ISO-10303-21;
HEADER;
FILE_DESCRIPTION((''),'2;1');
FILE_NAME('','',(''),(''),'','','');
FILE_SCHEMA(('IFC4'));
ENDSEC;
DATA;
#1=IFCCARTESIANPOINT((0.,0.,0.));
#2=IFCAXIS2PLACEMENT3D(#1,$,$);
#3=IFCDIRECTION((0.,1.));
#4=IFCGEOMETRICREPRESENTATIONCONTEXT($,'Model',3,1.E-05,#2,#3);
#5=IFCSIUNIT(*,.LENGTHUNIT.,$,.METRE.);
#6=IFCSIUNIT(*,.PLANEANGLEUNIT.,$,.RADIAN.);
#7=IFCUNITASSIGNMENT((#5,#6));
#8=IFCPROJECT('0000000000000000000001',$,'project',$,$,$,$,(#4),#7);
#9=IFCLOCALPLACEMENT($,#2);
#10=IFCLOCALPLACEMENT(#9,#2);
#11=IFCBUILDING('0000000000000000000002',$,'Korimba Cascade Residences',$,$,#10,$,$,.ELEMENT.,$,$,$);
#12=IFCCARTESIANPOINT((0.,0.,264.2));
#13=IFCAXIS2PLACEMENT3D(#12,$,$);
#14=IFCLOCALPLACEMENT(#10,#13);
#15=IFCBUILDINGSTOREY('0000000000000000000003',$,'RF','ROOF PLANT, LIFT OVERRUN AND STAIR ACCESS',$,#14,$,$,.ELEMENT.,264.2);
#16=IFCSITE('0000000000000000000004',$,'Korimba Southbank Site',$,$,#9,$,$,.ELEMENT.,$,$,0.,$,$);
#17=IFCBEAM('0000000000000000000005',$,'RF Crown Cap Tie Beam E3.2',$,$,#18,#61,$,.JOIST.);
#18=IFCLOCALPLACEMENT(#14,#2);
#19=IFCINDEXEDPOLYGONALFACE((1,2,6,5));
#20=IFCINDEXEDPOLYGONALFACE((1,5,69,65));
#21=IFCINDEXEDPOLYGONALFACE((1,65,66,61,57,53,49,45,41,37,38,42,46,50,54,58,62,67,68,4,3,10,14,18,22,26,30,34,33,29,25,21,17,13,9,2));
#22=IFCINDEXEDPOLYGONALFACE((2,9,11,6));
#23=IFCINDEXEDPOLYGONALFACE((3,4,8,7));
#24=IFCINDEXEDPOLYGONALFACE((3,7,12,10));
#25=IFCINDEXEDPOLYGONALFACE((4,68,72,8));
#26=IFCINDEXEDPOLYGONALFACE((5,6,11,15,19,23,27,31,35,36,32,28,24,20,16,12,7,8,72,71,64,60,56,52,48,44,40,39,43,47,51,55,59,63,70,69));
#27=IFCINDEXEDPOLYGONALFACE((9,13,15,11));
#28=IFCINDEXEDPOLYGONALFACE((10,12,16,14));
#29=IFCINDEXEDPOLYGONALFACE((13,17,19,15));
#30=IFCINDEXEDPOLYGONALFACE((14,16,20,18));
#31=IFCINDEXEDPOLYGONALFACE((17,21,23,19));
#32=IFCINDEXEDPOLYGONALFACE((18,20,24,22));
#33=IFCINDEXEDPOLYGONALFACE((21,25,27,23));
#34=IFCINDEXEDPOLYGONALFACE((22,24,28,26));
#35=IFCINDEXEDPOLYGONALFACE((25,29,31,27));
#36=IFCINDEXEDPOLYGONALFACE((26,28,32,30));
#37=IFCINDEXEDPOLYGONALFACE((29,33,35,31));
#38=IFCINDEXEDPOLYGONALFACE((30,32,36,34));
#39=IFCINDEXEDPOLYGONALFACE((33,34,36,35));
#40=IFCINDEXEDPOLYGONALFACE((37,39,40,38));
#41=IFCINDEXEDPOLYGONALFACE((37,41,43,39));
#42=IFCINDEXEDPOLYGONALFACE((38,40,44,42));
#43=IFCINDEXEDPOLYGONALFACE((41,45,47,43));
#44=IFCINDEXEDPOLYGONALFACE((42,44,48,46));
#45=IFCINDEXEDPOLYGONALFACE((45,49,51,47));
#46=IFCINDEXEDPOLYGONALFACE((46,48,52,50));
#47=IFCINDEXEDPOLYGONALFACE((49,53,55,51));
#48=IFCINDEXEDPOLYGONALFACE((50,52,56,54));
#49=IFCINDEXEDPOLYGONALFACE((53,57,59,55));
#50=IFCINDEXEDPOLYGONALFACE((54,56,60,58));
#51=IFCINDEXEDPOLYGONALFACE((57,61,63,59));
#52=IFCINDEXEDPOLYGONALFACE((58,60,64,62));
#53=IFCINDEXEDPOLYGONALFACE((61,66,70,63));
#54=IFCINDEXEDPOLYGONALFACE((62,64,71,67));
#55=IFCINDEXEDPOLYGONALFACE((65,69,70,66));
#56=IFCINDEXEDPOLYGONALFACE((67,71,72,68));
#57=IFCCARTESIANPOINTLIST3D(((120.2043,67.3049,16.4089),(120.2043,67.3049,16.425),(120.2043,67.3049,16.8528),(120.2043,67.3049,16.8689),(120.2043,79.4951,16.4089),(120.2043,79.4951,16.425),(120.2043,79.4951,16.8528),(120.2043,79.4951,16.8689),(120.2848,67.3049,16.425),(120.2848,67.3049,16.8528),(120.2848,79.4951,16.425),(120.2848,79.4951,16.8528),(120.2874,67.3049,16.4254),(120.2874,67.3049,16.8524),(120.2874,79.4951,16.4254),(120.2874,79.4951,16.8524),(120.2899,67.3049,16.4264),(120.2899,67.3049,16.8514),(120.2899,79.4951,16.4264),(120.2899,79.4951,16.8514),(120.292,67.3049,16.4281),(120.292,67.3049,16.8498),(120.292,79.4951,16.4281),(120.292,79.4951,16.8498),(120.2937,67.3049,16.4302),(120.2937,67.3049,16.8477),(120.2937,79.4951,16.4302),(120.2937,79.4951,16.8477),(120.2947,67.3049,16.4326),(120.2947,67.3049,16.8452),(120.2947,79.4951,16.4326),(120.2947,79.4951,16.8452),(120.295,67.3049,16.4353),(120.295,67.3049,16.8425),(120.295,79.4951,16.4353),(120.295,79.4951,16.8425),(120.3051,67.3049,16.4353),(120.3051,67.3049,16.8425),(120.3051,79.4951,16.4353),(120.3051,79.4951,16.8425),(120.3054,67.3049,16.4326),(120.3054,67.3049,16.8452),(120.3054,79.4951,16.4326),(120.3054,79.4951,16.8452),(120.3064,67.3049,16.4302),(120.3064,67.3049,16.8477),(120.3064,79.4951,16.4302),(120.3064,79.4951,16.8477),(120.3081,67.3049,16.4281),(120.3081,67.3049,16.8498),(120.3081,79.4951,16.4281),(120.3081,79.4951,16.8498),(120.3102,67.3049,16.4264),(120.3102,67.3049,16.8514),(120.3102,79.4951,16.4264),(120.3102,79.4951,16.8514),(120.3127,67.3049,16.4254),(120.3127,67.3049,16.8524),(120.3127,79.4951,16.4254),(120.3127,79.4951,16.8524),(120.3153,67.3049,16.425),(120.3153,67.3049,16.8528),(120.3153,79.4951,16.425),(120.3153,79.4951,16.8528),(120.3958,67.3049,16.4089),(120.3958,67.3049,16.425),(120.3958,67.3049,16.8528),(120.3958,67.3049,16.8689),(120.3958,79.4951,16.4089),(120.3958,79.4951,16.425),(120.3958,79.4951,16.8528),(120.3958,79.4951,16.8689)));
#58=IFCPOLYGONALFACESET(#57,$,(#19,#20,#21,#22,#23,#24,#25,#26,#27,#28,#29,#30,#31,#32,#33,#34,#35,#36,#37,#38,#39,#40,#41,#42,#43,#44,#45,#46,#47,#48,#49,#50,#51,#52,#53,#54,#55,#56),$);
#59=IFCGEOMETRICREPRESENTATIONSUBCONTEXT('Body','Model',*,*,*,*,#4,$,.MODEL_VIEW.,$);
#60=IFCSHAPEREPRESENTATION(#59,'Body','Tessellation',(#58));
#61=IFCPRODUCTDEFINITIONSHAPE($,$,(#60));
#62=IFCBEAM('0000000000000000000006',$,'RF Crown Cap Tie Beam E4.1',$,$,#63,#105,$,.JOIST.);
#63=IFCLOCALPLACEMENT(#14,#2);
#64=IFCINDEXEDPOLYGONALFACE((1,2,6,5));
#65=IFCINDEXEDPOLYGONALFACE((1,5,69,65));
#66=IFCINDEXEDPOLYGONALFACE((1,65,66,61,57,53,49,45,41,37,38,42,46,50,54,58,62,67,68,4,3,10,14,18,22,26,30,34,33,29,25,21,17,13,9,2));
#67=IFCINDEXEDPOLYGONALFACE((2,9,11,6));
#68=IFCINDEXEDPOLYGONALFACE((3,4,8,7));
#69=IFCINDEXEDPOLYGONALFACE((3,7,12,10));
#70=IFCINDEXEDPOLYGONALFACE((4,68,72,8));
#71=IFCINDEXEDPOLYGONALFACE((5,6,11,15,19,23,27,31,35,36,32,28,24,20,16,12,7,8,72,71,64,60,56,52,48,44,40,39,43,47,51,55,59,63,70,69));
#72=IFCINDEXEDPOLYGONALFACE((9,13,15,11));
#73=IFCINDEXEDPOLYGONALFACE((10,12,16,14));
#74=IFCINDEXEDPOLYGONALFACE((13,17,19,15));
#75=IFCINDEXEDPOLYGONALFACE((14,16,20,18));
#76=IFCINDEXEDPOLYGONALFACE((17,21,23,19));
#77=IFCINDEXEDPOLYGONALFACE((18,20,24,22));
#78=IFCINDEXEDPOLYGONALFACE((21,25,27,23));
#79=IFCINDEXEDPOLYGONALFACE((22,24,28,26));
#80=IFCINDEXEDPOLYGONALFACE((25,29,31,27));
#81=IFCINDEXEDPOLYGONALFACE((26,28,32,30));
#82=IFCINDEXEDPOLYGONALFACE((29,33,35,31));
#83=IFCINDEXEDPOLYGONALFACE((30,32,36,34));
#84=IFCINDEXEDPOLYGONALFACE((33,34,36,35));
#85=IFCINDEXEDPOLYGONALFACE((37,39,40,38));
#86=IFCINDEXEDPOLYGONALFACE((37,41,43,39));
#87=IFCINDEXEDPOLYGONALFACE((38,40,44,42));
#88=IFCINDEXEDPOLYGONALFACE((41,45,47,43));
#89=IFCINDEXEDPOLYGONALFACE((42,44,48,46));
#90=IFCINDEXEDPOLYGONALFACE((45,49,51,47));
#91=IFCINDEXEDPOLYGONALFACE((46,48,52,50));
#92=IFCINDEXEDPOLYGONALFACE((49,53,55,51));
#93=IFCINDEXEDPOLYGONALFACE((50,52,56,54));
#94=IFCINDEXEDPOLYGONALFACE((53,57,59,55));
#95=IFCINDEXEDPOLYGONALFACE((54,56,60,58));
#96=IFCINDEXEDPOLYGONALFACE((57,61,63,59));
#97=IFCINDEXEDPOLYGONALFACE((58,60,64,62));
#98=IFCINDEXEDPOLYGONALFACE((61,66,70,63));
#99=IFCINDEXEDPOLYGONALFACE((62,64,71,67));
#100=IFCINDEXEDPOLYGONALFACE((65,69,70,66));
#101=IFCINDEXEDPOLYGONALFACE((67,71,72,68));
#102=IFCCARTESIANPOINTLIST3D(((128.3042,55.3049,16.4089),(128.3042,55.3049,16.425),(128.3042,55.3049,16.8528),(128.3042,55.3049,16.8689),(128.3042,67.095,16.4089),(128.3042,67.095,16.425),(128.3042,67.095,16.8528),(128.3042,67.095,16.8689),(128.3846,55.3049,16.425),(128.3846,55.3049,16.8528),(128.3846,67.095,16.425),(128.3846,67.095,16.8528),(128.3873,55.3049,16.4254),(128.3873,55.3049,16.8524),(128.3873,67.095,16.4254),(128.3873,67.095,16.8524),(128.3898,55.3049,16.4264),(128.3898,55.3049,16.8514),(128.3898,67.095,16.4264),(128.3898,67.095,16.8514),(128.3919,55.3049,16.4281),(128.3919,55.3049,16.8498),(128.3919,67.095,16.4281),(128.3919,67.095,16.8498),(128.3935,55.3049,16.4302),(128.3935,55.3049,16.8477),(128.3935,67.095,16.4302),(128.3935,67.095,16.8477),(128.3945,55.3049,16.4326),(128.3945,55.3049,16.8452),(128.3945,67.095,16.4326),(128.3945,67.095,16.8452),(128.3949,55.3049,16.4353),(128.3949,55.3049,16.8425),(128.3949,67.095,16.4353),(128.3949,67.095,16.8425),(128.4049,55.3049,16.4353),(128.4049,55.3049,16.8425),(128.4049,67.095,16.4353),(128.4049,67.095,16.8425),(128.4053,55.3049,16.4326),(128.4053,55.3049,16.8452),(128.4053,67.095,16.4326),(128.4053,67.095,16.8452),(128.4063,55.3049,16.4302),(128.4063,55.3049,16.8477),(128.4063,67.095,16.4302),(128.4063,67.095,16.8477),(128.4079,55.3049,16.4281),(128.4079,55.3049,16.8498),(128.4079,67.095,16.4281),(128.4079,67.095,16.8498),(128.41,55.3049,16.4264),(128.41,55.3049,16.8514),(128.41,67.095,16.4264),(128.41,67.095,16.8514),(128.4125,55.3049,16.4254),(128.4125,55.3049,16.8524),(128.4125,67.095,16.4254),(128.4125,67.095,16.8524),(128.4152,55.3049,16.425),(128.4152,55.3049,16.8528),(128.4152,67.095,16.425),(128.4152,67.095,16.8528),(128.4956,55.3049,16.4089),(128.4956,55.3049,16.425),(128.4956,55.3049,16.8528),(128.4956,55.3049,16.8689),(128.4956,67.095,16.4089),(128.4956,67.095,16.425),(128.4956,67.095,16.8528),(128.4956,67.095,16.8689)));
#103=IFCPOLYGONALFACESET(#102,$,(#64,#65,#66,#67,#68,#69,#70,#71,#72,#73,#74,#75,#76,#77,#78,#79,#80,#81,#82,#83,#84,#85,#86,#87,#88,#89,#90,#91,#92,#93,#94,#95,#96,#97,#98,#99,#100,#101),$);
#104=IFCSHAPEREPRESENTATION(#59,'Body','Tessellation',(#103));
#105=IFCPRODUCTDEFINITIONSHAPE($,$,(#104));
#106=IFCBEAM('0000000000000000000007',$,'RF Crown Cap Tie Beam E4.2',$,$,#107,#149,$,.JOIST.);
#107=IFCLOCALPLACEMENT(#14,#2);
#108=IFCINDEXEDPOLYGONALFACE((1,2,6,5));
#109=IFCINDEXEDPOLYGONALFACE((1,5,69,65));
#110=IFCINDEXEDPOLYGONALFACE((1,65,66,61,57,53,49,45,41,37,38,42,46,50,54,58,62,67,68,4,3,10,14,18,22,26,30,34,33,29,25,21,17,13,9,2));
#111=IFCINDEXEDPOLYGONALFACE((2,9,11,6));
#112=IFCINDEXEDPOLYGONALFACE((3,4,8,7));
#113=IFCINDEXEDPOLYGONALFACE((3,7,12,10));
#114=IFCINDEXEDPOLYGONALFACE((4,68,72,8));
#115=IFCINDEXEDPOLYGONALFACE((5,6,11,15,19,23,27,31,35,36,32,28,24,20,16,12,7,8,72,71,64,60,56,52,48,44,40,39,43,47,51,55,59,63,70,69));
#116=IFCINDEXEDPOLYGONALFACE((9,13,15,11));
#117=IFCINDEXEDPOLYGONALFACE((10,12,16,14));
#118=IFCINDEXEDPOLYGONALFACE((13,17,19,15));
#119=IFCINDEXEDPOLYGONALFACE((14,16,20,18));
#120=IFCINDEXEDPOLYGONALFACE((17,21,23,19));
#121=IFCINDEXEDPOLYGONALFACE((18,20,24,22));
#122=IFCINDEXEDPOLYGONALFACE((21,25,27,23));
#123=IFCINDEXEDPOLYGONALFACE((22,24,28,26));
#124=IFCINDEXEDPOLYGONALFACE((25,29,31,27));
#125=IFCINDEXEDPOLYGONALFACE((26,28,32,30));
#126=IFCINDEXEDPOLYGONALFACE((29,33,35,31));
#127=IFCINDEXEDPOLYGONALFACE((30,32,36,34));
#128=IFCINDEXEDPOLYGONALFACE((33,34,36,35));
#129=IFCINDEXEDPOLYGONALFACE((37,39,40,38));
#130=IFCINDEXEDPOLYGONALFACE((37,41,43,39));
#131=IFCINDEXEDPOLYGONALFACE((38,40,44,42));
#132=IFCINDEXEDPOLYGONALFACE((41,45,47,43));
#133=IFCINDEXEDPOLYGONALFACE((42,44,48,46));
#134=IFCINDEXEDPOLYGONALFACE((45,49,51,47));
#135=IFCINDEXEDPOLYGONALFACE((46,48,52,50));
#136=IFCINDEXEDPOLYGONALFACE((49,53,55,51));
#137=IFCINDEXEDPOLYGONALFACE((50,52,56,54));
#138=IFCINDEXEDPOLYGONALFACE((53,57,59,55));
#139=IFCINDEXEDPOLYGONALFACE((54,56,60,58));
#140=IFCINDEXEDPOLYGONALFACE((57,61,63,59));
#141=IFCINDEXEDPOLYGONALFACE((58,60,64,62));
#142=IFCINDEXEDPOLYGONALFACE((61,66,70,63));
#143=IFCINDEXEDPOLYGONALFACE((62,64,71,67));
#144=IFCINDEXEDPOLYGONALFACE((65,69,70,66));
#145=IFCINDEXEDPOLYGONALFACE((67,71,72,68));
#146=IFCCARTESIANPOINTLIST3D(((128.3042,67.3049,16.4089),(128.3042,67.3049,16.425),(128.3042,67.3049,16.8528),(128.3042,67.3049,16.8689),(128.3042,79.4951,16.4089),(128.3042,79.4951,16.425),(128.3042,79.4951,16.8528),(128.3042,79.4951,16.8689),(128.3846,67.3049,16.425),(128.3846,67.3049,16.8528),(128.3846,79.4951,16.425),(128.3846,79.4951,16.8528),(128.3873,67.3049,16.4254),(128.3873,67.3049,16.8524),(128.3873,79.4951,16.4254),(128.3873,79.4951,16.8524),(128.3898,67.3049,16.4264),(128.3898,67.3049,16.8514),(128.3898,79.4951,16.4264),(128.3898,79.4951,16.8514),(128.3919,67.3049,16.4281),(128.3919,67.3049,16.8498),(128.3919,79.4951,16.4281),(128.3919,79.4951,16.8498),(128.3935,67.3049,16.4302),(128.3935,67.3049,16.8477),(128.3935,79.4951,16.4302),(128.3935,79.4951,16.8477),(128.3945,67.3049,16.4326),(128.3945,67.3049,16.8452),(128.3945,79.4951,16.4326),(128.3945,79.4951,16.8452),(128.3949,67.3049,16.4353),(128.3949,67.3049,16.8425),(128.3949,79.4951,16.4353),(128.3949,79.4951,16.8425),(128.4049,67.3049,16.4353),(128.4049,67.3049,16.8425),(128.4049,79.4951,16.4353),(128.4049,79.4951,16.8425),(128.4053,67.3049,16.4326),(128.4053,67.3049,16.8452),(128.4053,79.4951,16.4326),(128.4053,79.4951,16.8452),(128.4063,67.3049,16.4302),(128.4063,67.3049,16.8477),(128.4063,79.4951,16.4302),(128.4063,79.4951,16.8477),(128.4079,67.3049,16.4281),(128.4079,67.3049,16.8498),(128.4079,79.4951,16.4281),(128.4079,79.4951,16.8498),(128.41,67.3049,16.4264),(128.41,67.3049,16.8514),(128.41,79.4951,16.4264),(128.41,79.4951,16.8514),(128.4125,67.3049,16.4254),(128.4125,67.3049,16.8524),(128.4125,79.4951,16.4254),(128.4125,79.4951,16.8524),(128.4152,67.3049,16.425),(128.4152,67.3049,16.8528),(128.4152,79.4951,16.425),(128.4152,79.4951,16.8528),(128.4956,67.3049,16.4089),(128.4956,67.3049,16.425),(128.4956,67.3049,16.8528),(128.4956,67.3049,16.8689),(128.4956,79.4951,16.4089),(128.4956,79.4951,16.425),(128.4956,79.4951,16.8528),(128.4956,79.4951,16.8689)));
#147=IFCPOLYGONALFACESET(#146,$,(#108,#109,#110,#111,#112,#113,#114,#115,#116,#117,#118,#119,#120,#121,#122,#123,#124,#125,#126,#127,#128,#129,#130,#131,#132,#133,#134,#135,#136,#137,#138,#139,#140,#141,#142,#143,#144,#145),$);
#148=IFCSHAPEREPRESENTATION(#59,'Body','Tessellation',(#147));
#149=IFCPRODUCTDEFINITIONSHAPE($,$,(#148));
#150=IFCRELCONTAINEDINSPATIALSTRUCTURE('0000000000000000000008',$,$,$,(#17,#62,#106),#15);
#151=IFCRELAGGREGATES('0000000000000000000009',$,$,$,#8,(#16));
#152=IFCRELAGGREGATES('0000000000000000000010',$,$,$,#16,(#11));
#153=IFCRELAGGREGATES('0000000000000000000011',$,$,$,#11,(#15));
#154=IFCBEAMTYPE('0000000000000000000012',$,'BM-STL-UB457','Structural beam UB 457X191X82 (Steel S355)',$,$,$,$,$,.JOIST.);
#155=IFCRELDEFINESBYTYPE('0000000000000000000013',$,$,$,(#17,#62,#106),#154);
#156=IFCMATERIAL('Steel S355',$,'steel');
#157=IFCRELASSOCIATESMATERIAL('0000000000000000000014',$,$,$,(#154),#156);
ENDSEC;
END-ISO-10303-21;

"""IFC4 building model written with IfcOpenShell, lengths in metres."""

from ifc_helpers import new_model, si_unit, direction, frame, origin, origin_2d, place, context, subcontext, project, spatial, i_section, extrude, material, material_profile, profile_set, type_object, element, save


model = new_model("IFC4")

# Units and contexts
model_context = context("Model", 3, precision=1e-05, world=origin(), true_north=direction((0.0, 1.0)))
body_context = subcontext(model_context, "Body", "Model", "MODEL_VIEW")
ifc_project = project(units=[si_unit("LENGTHUNIT", "METRE"), si_unit("PLANEANGLEUNIT", "RADIAN")], contexts=[model_context])

# Site, building, storey
site_placement = place(None, origin())
site = spatial("IfcSite", under=ifc_project, at=site_placement, Name="Korimba Southbank Site", CompositionType="ELEMENT", RefElevation=0.0)
building_placement = place(site_placement, origin())
building = spatial("IfcBuilding", under=site, at=building_placement, Name="Korimba Cascade Residences", CompositionType="ELEMENT")
storey_placement = place(building_placement, frame((0.0, 0.0, 264.2)))
storey = spatial("IfcBuildingStorey", under=building, at=storey_placement, Name="RF", Description="ROOF PLANT, LIFT OVERRUN AND STAIR ACCESS", CompositionType="ELEMENT", Elevation=264.2)

# Shared definitions
ifc_material_1 = material(Name="Steel S355", Category="steel")

# Beams
ifc_material_profile_1 = material_profile(ifc_material_1, i_section(OverallWidth=0.1914, OverallDepth=0.46, WebThickness=0.01, FlangeThickness=0.0161, FilletRadius=0.0103, at=origin_2d()), Name="Steel S355")
ifc_profile_set_1 = profile_set([ifc_material_profile_1], Name="Steel S355")
beam_type_1 = type_object("IfcBeamType", Name="BM-STL-UB457", Description="Structural beam UB 457X191X82 (Steel S355)", PredefinedType="JOIST", material=ifc_profile_set_1)
beam_1_placement = place(storey_placement, frame((120.3, 67.3049, 16.6389), z_axis=(0.0, 1.0, 0.0), x_axis=(-1.0, 0.0, 0.0)))
element("IfcBeam", 1, at=beam_1_placement, inside=storey, type_object=beam_type_1, Name="RF Crown Cap Tie Beam E3.2", PredefinedType="JOIST", context=body_context, shape_type="SweptSolid", body=[
    extrude(i_section(OverallWidth=0.1914, OverallDepth=0.46, WebThickness=0.01, FlangeThickness=0.0161, FilletRadius=0.0103, at=origin_2d()), origin(), (0.0, 0.0, 1.0), 12.1902),
])
beam_2_placement = place(storey_placement, frame((128.3999, 55.3049, 16.6389), z_axis=(0.0, 1.0, 0.0), x_axis=(-1.0, 0.0, 0.0)))
element("IfcBeam", 2, at=beam_2_placement, inside=storey, type_object=beam_type_1, Name="RF Crown Cap Tie Beam E4.1", PredefinedType="JOIST", context=body_context, shape_type="SweptSolid", body=[
    extrude(i_section(OverallWidth=0.1914, OverallDepth=0.46, WebThickness=0.01, FlangeThickness=0.0161, FilletRadius=0.0103, at=origin_2d()), origin(), (0.0, 0.0, 1.0), 11.79),
])
beam_3_placement = place(storey_placement, frame((128.3999, 67.3049, 16.6389), z_axis=(0.0, 1.0, 0.0), x_axis=(-1.0, 0.0, 0.0)))
element("IfcBeam", 3, at=beam_3_placement, inside=storey, type_object=beam_type_1, Name="RF Crown Cap Tie Beam E4.2", PredefinedType="JOIST", context=body_context, shape_type="SweptSolid", body=[
    extrude(i_section(OverallWidth=0.1914, OverallDepth=0.46, WebThickness=0.01, FlangeThickness=0.0161, FilletRadius=0.0103, at=origin_2d()), origin(), (0.0, 0.0, 1.0), 12.1902),
])

save(model, "model.ifc")
